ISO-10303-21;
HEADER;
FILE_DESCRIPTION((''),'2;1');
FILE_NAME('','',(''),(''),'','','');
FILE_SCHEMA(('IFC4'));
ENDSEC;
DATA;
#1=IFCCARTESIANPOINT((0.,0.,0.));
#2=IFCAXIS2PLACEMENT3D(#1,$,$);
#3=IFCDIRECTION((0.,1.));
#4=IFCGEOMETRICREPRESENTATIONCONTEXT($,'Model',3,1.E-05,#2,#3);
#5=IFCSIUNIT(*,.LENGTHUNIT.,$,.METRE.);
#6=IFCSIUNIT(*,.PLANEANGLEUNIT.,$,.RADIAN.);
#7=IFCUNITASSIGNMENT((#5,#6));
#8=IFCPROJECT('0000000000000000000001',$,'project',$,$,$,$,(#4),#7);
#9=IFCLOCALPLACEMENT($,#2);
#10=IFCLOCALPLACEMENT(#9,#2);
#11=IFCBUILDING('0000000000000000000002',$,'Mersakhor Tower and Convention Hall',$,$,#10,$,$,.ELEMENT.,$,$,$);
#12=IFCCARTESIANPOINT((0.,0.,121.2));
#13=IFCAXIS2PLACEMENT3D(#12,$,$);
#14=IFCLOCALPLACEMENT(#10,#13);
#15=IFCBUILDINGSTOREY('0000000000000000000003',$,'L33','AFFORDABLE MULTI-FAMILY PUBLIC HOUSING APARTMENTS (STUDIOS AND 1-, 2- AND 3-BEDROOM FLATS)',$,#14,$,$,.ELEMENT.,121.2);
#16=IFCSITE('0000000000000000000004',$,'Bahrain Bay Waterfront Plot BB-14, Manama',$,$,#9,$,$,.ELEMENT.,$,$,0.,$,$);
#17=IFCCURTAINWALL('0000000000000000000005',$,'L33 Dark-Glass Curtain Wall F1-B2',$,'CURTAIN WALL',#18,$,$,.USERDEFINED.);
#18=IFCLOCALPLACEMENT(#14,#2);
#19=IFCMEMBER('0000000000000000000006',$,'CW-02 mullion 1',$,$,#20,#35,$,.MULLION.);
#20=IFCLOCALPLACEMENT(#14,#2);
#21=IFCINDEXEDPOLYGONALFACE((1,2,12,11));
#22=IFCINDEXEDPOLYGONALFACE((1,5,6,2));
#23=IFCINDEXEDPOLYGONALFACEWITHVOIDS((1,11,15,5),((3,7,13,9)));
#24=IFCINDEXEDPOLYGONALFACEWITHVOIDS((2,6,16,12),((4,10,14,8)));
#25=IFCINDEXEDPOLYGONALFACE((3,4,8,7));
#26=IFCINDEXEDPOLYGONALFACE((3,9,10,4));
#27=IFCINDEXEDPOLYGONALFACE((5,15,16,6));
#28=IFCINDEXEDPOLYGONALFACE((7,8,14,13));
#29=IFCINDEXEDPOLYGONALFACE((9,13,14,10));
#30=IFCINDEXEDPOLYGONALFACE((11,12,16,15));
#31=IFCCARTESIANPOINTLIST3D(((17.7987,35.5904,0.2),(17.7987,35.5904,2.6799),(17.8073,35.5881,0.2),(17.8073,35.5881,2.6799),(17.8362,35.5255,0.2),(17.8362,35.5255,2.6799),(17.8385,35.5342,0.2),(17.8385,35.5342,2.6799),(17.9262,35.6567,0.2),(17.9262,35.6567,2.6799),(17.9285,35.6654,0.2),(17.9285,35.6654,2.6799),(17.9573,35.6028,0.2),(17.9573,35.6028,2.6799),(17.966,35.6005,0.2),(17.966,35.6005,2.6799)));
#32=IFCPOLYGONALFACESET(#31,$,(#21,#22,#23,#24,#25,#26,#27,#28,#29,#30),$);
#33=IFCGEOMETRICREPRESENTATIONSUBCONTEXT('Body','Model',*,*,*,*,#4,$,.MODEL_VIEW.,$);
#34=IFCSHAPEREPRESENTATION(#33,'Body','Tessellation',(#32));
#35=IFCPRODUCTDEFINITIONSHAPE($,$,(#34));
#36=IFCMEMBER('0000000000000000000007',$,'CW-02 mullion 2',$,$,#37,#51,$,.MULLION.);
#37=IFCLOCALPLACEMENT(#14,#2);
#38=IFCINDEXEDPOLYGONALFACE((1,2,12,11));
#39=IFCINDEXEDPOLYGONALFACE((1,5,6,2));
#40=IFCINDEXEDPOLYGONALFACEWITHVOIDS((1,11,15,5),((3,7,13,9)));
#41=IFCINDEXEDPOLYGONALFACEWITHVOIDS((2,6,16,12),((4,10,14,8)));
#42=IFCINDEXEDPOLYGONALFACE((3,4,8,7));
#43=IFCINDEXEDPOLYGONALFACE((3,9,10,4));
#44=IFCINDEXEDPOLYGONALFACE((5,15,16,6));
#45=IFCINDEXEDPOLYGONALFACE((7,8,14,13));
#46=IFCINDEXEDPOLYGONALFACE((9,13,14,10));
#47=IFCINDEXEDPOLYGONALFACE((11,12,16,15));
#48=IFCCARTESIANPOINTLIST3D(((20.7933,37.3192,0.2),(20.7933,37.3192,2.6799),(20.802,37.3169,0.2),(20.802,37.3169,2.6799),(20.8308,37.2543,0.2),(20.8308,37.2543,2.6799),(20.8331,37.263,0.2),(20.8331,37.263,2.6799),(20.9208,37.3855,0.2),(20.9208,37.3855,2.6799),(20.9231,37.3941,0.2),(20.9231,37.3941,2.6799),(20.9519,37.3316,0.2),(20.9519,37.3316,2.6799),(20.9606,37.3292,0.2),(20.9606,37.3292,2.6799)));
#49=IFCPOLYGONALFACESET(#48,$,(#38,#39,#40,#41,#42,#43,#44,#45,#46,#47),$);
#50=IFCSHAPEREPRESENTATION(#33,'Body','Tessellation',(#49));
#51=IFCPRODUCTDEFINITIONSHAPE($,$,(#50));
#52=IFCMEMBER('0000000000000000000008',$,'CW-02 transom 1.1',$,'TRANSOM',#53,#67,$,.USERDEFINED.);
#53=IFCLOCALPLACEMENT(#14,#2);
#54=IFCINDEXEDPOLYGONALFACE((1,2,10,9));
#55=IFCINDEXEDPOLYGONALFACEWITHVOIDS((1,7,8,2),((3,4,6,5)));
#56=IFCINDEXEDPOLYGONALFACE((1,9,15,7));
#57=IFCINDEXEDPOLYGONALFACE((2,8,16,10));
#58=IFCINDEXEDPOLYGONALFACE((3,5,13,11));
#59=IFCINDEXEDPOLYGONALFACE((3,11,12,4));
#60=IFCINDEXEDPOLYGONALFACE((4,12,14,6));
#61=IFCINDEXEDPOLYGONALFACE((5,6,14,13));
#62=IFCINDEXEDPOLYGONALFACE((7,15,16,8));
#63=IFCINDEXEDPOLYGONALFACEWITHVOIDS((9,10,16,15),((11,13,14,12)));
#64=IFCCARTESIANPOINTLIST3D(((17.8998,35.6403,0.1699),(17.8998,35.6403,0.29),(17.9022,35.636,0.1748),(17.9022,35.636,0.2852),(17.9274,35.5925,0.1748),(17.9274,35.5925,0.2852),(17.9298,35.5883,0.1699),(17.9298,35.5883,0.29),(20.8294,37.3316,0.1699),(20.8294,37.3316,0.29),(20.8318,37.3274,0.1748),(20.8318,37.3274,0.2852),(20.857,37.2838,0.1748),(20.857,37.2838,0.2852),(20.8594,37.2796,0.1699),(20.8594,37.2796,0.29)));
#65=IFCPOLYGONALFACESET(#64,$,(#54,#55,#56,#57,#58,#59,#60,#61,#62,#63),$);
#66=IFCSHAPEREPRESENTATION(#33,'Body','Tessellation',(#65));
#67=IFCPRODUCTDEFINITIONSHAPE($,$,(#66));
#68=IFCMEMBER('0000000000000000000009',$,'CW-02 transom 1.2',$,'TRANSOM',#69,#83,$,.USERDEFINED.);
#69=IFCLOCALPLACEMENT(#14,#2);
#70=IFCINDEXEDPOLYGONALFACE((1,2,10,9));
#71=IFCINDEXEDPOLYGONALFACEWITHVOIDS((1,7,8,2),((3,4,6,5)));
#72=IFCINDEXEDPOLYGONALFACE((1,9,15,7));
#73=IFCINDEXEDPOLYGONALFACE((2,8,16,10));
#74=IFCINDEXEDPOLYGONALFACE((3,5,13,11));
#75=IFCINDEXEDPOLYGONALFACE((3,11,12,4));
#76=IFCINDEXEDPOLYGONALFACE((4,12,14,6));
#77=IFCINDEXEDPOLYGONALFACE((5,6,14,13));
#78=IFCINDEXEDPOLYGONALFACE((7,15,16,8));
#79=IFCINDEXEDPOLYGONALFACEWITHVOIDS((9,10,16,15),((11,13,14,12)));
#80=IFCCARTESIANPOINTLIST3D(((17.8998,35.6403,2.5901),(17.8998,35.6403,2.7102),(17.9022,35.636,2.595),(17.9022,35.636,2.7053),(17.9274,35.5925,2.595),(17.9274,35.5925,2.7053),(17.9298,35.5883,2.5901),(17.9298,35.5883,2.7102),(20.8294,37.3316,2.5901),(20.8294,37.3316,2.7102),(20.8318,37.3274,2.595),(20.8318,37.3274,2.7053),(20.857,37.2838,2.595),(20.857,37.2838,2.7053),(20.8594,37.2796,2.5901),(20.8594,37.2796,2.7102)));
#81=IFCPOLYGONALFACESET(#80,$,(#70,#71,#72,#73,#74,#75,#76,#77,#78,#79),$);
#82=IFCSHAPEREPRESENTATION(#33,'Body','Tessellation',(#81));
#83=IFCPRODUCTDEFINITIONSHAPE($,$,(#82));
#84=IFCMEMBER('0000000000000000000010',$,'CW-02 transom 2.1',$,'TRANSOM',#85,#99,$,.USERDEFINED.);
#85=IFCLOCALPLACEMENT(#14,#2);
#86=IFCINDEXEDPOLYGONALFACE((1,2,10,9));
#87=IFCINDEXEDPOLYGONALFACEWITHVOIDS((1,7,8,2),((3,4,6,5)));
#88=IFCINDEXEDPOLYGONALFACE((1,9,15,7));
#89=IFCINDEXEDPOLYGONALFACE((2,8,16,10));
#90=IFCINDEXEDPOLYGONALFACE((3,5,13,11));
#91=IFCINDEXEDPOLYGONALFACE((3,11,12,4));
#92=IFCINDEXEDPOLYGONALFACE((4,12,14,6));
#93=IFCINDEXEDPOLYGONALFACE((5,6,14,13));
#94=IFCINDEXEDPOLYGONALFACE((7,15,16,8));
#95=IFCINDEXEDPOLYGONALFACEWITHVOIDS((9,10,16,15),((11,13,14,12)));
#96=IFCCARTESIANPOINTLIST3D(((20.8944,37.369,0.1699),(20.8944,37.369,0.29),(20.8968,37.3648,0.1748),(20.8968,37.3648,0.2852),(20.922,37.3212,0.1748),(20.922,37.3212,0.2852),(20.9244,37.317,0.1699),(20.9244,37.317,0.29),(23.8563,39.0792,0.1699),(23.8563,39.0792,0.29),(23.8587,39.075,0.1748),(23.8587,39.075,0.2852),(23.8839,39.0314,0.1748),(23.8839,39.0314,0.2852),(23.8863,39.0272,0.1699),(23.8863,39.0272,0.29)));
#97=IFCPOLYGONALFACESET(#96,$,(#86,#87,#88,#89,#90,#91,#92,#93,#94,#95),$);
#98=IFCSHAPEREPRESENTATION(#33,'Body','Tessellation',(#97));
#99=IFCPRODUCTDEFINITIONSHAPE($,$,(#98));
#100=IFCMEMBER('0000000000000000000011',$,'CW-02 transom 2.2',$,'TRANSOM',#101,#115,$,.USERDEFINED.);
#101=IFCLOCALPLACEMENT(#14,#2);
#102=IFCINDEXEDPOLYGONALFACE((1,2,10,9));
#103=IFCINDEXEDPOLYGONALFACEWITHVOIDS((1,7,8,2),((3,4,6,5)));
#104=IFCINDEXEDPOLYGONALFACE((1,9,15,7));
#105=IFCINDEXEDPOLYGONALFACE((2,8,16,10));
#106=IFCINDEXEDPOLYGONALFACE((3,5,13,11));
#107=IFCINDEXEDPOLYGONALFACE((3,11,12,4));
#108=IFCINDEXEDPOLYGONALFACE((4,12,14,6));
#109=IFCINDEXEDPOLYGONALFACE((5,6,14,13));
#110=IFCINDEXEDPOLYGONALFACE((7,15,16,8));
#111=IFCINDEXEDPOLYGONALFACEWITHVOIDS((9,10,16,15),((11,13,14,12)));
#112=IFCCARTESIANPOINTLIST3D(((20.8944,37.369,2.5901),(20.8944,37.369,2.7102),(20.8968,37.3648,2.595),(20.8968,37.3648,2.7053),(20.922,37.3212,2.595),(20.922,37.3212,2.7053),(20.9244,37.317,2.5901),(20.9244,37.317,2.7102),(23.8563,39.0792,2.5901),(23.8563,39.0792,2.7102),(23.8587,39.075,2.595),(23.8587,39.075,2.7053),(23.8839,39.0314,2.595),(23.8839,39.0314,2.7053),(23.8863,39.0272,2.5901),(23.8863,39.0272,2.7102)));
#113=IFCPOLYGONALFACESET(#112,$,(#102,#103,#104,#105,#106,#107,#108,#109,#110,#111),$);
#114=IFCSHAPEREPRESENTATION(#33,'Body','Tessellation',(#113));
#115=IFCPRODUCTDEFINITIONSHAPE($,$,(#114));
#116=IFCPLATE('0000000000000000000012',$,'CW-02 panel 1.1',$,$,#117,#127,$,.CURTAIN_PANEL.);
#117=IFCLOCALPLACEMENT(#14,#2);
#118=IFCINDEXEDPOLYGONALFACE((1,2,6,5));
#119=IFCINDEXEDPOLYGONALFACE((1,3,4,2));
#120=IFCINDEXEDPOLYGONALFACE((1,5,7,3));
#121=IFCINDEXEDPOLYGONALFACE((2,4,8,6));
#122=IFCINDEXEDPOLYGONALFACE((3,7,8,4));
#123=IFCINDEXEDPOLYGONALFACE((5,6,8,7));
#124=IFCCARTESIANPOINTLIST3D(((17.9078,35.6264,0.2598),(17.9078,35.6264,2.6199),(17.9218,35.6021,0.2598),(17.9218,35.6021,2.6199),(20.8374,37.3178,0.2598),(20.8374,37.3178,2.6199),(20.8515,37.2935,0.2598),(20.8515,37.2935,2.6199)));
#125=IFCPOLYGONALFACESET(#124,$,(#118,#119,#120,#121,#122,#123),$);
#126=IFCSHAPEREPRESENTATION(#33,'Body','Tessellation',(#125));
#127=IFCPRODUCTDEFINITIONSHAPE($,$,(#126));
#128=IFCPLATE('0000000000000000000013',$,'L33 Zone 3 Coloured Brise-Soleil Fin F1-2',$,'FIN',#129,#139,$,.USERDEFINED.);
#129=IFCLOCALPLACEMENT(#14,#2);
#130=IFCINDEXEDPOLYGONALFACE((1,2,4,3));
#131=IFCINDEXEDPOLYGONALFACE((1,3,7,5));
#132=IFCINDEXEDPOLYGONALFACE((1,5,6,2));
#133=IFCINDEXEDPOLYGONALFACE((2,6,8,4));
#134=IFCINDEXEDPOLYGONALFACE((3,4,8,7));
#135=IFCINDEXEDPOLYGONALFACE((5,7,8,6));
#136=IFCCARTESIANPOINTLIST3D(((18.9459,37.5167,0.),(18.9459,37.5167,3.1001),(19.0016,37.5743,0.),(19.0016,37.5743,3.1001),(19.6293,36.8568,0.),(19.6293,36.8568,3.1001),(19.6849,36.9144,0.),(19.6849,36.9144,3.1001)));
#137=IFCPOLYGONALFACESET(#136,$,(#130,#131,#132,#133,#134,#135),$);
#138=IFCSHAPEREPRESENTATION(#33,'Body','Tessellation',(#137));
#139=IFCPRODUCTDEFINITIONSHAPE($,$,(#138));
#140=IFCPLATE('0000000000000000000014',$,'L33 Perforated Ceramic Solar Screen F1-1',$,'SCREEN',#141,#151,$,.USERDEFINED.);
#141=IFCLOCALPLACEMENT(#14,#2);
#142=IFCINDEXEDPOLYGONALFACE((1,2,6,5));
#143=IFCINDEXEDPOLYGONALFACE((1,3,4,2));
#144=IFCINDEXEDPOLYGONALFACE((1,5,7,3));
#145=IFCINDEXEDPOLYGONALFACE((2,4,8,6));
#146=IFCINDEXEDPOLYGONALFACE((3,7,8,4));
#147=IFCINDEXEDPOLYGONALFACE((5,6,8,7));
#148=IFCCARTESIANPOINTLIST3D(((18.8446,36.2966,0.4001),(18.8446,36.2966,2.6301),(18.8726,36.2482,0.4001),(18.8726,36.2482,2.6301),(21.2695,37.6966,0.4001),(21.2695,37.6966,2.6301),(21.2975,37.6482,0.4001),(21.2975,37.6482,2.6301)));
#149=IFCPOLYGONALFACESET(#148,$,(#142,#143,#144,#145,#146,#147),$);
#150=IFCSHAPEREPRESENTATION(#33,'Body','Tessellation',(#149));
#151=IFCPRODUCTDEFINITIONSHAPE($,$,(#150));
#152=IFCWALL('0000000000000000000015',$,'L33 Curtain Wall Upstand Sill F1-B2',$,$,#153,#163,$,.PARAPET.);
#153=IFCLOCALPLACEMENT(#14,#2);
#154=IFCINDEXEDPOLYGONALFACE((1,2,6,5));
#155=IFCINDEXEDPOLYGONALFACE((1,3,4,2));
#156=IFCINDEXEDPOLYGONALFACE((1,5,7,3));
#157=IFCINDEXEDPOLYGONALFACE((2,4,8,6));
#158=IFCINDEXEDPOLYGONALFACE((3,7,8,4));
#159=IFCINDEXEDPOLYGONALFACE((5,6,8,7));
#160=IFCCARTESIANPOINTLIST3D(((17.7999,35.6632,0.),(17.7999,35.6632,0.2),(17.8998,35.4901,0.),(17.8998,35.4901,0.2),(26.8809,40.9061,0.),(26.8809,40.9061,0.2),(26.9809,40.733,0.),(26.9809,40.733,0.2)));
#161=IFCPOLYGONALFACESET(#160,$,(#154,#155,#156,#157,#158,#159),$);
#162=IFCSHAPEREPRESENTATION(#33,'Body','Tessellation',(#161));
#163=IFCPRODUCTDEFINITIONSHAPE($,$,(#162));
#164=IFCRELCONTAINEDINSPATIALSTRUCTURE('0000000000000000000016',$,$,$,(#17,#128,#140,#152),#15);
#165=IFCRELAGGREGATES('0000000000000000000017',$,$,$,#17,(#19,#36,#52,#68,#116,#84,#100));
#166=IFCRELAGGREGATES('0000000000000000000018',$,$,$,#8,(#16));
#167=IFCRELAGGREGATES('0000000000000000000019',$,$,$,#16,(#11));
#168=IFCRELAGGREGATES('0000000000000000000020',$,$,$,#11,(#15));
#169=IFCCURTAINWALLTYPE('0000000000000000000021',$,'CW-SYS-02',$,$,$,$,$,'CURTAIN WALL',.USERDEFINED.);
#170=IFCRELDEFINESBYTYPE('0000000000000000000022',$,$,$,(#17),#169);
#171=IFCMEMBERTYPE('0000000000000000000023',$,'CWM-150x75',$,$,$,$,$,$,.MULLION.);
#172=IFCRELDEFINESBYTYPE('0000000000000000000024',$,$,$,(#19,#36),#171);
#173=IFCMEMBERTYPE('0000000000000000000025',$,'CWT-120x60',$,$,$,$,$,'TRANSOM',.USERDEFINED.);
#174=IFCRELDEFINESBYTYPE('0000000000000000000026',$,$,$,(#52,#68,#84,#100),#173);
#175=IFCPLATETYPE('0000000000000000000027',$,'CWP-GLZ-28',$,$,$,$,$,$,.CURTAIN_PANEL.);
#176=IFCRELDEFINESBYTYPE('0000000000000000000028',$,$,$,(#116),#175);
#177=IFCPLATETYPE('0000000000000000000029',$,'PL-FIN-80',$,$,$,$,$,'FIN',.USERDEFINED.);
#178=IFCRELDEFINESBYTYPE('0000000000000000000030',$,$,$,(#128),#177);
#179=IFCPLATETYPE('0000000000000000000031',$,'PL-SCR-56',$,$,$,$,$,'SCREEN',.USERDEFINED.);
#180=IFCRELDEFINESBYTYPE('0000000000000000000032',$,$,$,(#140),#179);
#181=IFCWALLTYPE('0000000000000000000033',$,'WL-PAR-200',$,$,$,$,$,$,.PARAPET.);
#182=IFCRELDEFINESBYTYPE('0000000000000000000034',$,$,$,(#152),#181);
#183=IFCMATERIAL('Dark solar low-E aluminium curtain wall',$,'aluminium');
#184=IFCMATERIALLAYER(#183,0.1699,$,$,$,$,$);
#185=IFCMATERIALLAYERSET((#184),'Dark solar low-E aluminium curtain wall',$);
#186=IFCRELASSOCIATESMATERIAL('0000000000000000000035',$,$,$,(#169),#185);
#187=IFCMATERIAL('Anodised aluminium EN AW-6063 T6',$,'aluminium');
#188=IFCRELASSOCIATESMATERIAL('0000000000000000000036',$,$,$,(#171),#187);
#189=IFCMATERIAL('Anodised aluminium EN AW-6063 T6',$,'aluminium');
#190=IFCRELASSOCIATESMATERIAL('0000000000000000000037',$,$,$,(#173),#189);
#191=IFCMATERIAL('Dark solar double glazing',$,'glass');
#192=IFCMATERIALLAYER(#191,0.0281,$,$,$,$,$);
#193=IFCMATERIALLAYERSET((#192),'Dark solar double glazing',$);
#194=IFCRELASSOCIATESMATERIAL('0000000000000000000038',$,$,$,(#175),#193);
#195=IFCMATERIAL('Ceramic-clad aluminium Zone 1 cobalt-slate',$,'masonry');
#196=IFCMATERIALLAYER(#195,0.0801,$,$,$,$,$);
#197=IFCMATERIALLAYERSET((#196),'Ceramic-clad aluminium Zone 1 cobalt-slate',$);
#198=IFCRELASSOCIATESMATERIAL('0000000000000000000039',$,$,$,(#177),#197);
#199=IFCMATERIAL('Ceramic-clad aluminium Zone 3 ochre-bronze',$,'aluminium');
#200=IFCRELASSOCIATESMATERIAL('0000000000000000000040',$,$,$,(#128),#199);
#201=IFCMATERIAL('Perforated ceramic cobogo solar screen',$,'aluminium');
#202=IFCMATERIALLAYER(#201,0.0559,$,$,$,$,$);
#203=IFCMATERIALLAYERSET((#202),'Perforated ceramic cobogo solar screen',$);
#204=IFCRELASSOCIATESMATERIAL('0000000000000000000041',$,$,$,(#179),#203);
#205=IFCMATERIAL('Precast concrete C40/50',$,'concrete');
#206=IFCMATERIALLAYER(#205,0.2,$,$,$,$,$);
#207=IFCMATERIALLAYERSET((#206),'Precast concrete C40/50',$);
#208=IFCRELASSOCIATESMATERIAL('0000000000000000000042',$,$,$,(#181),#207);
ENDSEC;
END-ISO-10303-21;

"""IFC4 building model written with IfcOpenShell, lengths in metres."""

from ifc_helpers import new_model, si_unit, direction, frame, frame_2d, origin, origin_2d, place, context, subcontext, project, spatial, rectangle, hollow_rectangle, extrude, material, layer, layer_set, material_profile, profile_set, type_object, element, aggregate, save


model = new_model("IFC4")

# Units and contexts
model_context = context("Model", 3, precision=1e-05, world=origin(), true_north=direction((0.0, 1.0)))
body_context = subcontext(model_context, "Body", "Model", "MODEL_VIEW")
ifc_project = project(units=[si_unit("LENGTHUNIT", "METRE"), si_unit("PLANEANGLEUNIT", "RADIAN")], contexts=[model_context])

# Site, building, storey
site_placement = place(None, origin())
site = spatial("IfcSite", under=ifc_project, at=site_placement, Name="Bahrain Bay Waterfront Plot BB-14, Manama", CompositionType="ELEMENT", RefElevation=0.0)
building_placement = place(site_placement, origin())
building = spatial("IfcBuilding", under=site, at=building_placement, Name="Mersakhor Tower and Convention Hall", CompositionType="ELEMENT")
storey_placement = place(building_placement, frame((0.0, 0.0, 121.2)))
storey = spatial("IfcBuildingStorey", under=building, at=storey_placement, Name="L33", Description="AFFORDABLE MULTI-FAMILY PUBLIC HOUSING APARTMENTS (STUDIOS AND 1-, 2- AND 3-BEDROOM FLATS)", CompositionType="ELEMENT", Elevation=121.2)

# Curtain wall, members, plate
ifc_material_1 = material(Name="Dark solar low-E aluminium curtain wall", Category="aluminium")
ifc_layer_1 = layer(ifc_material_1, 0.1699)
ifc_layer_set_1 = layer_set([ifc_layer_1], Name="Dark solar low-E aluminium curtain wall")
curtain_wall_type = type_object("IfcCurtainWallType", Name="CW-SYS-02", ElementType="CURTAIN WALL", PredefinedType="USERDEFINED", material=ifc_layer_set_1)
curtain_wall_placement = place(storey_placement, origin())
curtain_wall = element("IfcCurtainWall", 1, at=curtain_wall_placement, inside=storey, type_object=curtain_wall_type, Name="L33 Dark-Glass Curtain Wall F1-B2", ObjectType="CURTAIN WALL", PredefinedType="USERDEFINED")
ifc_material_2 = material(Name="Anodised aluminium EN AW-6063 T6", Category="aluminium")
ifc_material_profile_1 = material_profile(ifc_material_2, hollow_rectangle(XDim=0.075, YDim=0.1499, WallThickness=0.0063, at=origin_2d()), Name="RHS 150x75x6.3")
ifc_profile_set_1 = profile_set([ifc_material_profile_1], Name="Anodised aluminium EN AW-6063 T6")
member_type_1 = type_object("IfcMemberType", Name="CWM-150x75", PredefinedType="MULLION", material=ifc_profile_set_1)
member_1_placement = place(storey_placement, frame((17.8823, 35.5955, 0.2), z_axis=(0.0, 0.0, 1.0), x_axis=(-0.49999, 0.866031, 0.0)))
member_1 = element("IfcMember", 2, at=member_1_placement, type_object=member_type_1, Name="CW-02 mullion 1", PredefinedType="MULLION", context=body_context, shape_type="SweptSolid", body=[
    extrude(hollow_rectangle(XDim=0.075, YDim=0.1499, WallThickness=0.0063, at=origin_2d()), origin(), (0.0, 0.0, 1.0), 2.48),
])
member_2_placement = place(storey_placement, frame((20.877, 37.3242, 0.2), z_axis=(0.0, 0.0, 1.0), x_axis=(-0.49999, 0.866031, 0.0)))
member_2 = element("IfcMember", 3, at=member_2_placement, type_object=member_type_1, Name="CW-02 mullion 2", PredefinedType="MULLION", context=body_context, shape_type="SweptSolid", body=[
    extrude(hollow_rectangle(XDim=0.075, YDim=0.1499, WallThickness=0.0063, at=origin_2d()), origin(), (0.0, 0.0, 1.0), 2.48),
])
ifc_material_3 = material(Name="Anodised aluminium EN AW-6063 T6", Category="aluminium")
ifc_material_profile_2 = material_profile(ifc_material_3, hollow_rectangle(XDim=0.0601, YDim=0.1201, WallThickness=0.0049, at=origin_2d()), Name="RHS 120x60x5")
ifc_profile_set_2 = profile_set([ifc_material_profile_2], Name="Anodised aluminium EN AW-6063 T6")
member_type_2 = type_object("IfcMemberType", Name="CWT-120x60", ElementType="TRANSOM", PredefinedType="USERDEFINED", material=ifc_profile_set_2)
member_3_placement = place(storey_placement, frame((17.9148, 35.6143, 0.23), z_axis=(0.866032, 0.499989, 0.0), x_axis=(-0.499989, 0.866032, 0.0)))
member_3 = element("IfcMember", 4, at=member_3_placement, type_object=member_type_2, Name="CW-02 transom 1.1", ObjectType="TRANSOM", PredefinedType="USERDEFINED", context=body_context, shape_type="SweptSolid", body=[
    extrude(hollow_rectangle(XDim=0.0601, YDim=0.1201, WallThickness=0.0049, at=origin_2d()), origin(), (0.0, 0.0, 1.0), 3.3828),
])
member_4_placement = place(storey_placement, frame((17.9148, 35.6143, 2.6501), z_axis=(0.866032, 0.499989, 0.0), x_axis=(-0.499989, 0.866032, 0.0)))
member_4 = element("IfcMember", 5, at=member_4_placement, type_object=member_type_2, Name="CW-02 transom 1.2", ObjectType="TRANSOM", PredefinedType="USERDEFINED", context=body_context, shape_type="SweptSolid", body=[
    extrude(hollow_rectangle(XDim=0.0601, YDim=0.1201, WallThickness=0.0049, at=origin_2d()), origin(), (0.0, 0.0, 1.0), 3.3828),
])
member_5_placement = place(storey_placement, frame((20.9094, 37.343, 0.23), z_axis=(0.866007, 0.500031, 0.0), x_axis=(-0.500031, 0.866007, 0.0)))
member_5 = element("IfcMember", 6, at=member_5_placement, type_object=member_type_2, Name="CW-02 transom 2.1", ObjectType="TRANSOM", PredefinedType="USERDEFINED", context=body_context, shape_type="SweptSolid", body=[
    extrude(hollow_rectangle(XDim=0.0601, YDim=0.1201, WallThickness=0.0049, at=origin_2d()), origin(), (0.0, 0.0, 1.0), 3.4202),
])
member_6_placement = place(storey_placement, frame((20.9094, 37.343, 2.6501), z_axis=(0.866007, 0.500031, 0.0), x_axis=(-0.500031, 0.866007, 0.0)))
member_6 = element("IfcMember", 7, at=member_6_placement, type_object=member_type_2, Name="CW-02 transom 2.2", ObjectType="TRANSOM", PredefinedType="USERDEFINED", context=body_context, shape_type="SweptSolid", body=[
    extrude(hollow_rectangle(XDim=0.0601, YDim=0.1201, WallThickness=0.0049, at=origin_2d()), origin(), (0.0, 0.0, 1.0), 3.4202),
])
ifc_material_4 = material(Name="Dark solar double glazing", Category="glass")
ifc_layer_2 = layer(ifc_material_4, 0.0281)
ifc_layer_set_2 = layer_set([ifc_layer_2], Name="Dark solar double glazing")
plate_type_1 = type_object("IfcPlateType", Name="CWP-GLZ-28", PredefinedType="CURTAIN_PANEL", material=ifc_layer_set_2)
plate_1_placement = place(storey_placement, frame((19.3796, 36.46, 0.2598), z_axis=(0.0, 0.0, 1.0), x_axis=(0.866031, 0.49999, 0.0)))
plate_1 = element("IfcPlate", 8, at=plate_1_placement, type_object=plate_type_1, Name="CW-02 panel 1.1", PredefinedType="CURTAIN_PANEL", context=body_context, shape_type="SweptSolid", body=[
    extrude(rectangle(XDim=3.3828, YDim=0.0281, at=origin_2d()), origin(), (0.0, 0.0, 1.0), 2.3601),
])
aggregate(curtain_wall, [member_1, member_2, member_3, member_4, plate_1, member_5, member_6])

# Plates
ifc_material_5 = material(Name="Ceramic-clad aluminium Zone 3 ochre-bronze", Category="aluminium")
ifc_material_6 = material(Name="Ceramic-clad aluminium Zone 1 cobalt-slate", Category="masonry")
ifc_layer_3 = layer(ifc_material_6, 0.0801)
ifc_layer_set_3 = layer_set([ifc_layer_3], Name="Ceramic-clad aluminium Zone 1 cobalt-slate")
plate_type_2 = type_object("IfcPlateType", Name="PL-FIN-80", ElementType="FIN", PredefinedType="USERDEFINED", material=ifc_layer_set_3)
plate_2_placement = place(storey_placement, frame((19.3154, 37.2156, 0.0), z_axis=(0.0, 0.0, 1.0), x_axis=(-0.71934, 0.694658, 0.0)))
element("IfcPlate", 9, at=plate_2_placement, inside=storey, type_object=plate_type_2, material=ifc_material_5, Name="L33 Zone 3 Coloured Brise-Soleil Fin F1-2", ObjectType="FIN", PredefinedType="USERDEFINED", context=body_context, shape_type="SweptSolid", body=[
    extrude(rectangle(XDim=0.95, YDim=0.0801, at=origin_2d()), origin(), (0.0, 0.0, 1.0), 3.1001),
])
ifc_material_7 = material(Name="Perforated ceramic cobogo solar screen", Category="aluminium")
ifc_layer_4 = layer(ifc_material_7, 0.0559)
ifc_layer_set_4 = layer_set([ifc_layer_4], Name="Perforated ceramic cobogo solar screen")
plate_type_3 = type_object("IfcPlateType", Name="PL-SCR-56", ElementType="SCREEN", PredefinedType="USERDEFINED", material=ifc_layer_set_4)
plate_3_placement = place(storey_placement, frame((20.071, 36.9724, 0.4001), z_axis=(0.0, 0.0, 1.0), x_axis=(0.866025, 0.5, 0.0)))
element("IfcPlate", 10, at=plate_3_placement, inside=storey, type_object=plate_type_3, Name="L33 Perforated Ceramic Solar Screen F1-1", ObjectType="SCREEN", PredefinedType="USERDEFINED", context=body_context, shape_type="SweptSolid", body=[
    extrude(rectangle(XDim=2.8, YDim=0.0559, at=origin_2d()), origin(), (0.0, 0.0, 1.0), 2.23),
])

# Wall
ifc_material_8 = material(Name="Precast concrete C40/50", Category="concrete")
ifc_layer_5 = layer(ifc_material_8, 0.2)
ifc_layer_set_5 = layer_set([ifc_layer_5], Name="Precast concrete C40/50")
wall_type_1 = type_object("IfcWallType", Name="WL-PAR-200", PredefinedType="PARAPET", material=ifc_layer_set_5)
wall_1_placement = place(storey_placement, frame((17.8499, 35.5767, 0.0), z_axis=(0.0, 0.0, 1.0), x_axis=(0.866027, 0.499998, 0.0)))
element("IfcWall", 11, at=wall_1_placement, inside=storey, type_object=wall_type_1, Name="L33 Curtain Wall Upstand Sill F1-B2", PredefinedType="PARAPET", context=body_context, shape_type="SweptSolid", body=[
    extrude(rectangle(XDim=10.4858, YDim=0.2, at=frame_2d((5.2429, 0.0))), origin(), (0.0, 0.0, 1.0), 0.2),
])

save(model, "model.ifc")
